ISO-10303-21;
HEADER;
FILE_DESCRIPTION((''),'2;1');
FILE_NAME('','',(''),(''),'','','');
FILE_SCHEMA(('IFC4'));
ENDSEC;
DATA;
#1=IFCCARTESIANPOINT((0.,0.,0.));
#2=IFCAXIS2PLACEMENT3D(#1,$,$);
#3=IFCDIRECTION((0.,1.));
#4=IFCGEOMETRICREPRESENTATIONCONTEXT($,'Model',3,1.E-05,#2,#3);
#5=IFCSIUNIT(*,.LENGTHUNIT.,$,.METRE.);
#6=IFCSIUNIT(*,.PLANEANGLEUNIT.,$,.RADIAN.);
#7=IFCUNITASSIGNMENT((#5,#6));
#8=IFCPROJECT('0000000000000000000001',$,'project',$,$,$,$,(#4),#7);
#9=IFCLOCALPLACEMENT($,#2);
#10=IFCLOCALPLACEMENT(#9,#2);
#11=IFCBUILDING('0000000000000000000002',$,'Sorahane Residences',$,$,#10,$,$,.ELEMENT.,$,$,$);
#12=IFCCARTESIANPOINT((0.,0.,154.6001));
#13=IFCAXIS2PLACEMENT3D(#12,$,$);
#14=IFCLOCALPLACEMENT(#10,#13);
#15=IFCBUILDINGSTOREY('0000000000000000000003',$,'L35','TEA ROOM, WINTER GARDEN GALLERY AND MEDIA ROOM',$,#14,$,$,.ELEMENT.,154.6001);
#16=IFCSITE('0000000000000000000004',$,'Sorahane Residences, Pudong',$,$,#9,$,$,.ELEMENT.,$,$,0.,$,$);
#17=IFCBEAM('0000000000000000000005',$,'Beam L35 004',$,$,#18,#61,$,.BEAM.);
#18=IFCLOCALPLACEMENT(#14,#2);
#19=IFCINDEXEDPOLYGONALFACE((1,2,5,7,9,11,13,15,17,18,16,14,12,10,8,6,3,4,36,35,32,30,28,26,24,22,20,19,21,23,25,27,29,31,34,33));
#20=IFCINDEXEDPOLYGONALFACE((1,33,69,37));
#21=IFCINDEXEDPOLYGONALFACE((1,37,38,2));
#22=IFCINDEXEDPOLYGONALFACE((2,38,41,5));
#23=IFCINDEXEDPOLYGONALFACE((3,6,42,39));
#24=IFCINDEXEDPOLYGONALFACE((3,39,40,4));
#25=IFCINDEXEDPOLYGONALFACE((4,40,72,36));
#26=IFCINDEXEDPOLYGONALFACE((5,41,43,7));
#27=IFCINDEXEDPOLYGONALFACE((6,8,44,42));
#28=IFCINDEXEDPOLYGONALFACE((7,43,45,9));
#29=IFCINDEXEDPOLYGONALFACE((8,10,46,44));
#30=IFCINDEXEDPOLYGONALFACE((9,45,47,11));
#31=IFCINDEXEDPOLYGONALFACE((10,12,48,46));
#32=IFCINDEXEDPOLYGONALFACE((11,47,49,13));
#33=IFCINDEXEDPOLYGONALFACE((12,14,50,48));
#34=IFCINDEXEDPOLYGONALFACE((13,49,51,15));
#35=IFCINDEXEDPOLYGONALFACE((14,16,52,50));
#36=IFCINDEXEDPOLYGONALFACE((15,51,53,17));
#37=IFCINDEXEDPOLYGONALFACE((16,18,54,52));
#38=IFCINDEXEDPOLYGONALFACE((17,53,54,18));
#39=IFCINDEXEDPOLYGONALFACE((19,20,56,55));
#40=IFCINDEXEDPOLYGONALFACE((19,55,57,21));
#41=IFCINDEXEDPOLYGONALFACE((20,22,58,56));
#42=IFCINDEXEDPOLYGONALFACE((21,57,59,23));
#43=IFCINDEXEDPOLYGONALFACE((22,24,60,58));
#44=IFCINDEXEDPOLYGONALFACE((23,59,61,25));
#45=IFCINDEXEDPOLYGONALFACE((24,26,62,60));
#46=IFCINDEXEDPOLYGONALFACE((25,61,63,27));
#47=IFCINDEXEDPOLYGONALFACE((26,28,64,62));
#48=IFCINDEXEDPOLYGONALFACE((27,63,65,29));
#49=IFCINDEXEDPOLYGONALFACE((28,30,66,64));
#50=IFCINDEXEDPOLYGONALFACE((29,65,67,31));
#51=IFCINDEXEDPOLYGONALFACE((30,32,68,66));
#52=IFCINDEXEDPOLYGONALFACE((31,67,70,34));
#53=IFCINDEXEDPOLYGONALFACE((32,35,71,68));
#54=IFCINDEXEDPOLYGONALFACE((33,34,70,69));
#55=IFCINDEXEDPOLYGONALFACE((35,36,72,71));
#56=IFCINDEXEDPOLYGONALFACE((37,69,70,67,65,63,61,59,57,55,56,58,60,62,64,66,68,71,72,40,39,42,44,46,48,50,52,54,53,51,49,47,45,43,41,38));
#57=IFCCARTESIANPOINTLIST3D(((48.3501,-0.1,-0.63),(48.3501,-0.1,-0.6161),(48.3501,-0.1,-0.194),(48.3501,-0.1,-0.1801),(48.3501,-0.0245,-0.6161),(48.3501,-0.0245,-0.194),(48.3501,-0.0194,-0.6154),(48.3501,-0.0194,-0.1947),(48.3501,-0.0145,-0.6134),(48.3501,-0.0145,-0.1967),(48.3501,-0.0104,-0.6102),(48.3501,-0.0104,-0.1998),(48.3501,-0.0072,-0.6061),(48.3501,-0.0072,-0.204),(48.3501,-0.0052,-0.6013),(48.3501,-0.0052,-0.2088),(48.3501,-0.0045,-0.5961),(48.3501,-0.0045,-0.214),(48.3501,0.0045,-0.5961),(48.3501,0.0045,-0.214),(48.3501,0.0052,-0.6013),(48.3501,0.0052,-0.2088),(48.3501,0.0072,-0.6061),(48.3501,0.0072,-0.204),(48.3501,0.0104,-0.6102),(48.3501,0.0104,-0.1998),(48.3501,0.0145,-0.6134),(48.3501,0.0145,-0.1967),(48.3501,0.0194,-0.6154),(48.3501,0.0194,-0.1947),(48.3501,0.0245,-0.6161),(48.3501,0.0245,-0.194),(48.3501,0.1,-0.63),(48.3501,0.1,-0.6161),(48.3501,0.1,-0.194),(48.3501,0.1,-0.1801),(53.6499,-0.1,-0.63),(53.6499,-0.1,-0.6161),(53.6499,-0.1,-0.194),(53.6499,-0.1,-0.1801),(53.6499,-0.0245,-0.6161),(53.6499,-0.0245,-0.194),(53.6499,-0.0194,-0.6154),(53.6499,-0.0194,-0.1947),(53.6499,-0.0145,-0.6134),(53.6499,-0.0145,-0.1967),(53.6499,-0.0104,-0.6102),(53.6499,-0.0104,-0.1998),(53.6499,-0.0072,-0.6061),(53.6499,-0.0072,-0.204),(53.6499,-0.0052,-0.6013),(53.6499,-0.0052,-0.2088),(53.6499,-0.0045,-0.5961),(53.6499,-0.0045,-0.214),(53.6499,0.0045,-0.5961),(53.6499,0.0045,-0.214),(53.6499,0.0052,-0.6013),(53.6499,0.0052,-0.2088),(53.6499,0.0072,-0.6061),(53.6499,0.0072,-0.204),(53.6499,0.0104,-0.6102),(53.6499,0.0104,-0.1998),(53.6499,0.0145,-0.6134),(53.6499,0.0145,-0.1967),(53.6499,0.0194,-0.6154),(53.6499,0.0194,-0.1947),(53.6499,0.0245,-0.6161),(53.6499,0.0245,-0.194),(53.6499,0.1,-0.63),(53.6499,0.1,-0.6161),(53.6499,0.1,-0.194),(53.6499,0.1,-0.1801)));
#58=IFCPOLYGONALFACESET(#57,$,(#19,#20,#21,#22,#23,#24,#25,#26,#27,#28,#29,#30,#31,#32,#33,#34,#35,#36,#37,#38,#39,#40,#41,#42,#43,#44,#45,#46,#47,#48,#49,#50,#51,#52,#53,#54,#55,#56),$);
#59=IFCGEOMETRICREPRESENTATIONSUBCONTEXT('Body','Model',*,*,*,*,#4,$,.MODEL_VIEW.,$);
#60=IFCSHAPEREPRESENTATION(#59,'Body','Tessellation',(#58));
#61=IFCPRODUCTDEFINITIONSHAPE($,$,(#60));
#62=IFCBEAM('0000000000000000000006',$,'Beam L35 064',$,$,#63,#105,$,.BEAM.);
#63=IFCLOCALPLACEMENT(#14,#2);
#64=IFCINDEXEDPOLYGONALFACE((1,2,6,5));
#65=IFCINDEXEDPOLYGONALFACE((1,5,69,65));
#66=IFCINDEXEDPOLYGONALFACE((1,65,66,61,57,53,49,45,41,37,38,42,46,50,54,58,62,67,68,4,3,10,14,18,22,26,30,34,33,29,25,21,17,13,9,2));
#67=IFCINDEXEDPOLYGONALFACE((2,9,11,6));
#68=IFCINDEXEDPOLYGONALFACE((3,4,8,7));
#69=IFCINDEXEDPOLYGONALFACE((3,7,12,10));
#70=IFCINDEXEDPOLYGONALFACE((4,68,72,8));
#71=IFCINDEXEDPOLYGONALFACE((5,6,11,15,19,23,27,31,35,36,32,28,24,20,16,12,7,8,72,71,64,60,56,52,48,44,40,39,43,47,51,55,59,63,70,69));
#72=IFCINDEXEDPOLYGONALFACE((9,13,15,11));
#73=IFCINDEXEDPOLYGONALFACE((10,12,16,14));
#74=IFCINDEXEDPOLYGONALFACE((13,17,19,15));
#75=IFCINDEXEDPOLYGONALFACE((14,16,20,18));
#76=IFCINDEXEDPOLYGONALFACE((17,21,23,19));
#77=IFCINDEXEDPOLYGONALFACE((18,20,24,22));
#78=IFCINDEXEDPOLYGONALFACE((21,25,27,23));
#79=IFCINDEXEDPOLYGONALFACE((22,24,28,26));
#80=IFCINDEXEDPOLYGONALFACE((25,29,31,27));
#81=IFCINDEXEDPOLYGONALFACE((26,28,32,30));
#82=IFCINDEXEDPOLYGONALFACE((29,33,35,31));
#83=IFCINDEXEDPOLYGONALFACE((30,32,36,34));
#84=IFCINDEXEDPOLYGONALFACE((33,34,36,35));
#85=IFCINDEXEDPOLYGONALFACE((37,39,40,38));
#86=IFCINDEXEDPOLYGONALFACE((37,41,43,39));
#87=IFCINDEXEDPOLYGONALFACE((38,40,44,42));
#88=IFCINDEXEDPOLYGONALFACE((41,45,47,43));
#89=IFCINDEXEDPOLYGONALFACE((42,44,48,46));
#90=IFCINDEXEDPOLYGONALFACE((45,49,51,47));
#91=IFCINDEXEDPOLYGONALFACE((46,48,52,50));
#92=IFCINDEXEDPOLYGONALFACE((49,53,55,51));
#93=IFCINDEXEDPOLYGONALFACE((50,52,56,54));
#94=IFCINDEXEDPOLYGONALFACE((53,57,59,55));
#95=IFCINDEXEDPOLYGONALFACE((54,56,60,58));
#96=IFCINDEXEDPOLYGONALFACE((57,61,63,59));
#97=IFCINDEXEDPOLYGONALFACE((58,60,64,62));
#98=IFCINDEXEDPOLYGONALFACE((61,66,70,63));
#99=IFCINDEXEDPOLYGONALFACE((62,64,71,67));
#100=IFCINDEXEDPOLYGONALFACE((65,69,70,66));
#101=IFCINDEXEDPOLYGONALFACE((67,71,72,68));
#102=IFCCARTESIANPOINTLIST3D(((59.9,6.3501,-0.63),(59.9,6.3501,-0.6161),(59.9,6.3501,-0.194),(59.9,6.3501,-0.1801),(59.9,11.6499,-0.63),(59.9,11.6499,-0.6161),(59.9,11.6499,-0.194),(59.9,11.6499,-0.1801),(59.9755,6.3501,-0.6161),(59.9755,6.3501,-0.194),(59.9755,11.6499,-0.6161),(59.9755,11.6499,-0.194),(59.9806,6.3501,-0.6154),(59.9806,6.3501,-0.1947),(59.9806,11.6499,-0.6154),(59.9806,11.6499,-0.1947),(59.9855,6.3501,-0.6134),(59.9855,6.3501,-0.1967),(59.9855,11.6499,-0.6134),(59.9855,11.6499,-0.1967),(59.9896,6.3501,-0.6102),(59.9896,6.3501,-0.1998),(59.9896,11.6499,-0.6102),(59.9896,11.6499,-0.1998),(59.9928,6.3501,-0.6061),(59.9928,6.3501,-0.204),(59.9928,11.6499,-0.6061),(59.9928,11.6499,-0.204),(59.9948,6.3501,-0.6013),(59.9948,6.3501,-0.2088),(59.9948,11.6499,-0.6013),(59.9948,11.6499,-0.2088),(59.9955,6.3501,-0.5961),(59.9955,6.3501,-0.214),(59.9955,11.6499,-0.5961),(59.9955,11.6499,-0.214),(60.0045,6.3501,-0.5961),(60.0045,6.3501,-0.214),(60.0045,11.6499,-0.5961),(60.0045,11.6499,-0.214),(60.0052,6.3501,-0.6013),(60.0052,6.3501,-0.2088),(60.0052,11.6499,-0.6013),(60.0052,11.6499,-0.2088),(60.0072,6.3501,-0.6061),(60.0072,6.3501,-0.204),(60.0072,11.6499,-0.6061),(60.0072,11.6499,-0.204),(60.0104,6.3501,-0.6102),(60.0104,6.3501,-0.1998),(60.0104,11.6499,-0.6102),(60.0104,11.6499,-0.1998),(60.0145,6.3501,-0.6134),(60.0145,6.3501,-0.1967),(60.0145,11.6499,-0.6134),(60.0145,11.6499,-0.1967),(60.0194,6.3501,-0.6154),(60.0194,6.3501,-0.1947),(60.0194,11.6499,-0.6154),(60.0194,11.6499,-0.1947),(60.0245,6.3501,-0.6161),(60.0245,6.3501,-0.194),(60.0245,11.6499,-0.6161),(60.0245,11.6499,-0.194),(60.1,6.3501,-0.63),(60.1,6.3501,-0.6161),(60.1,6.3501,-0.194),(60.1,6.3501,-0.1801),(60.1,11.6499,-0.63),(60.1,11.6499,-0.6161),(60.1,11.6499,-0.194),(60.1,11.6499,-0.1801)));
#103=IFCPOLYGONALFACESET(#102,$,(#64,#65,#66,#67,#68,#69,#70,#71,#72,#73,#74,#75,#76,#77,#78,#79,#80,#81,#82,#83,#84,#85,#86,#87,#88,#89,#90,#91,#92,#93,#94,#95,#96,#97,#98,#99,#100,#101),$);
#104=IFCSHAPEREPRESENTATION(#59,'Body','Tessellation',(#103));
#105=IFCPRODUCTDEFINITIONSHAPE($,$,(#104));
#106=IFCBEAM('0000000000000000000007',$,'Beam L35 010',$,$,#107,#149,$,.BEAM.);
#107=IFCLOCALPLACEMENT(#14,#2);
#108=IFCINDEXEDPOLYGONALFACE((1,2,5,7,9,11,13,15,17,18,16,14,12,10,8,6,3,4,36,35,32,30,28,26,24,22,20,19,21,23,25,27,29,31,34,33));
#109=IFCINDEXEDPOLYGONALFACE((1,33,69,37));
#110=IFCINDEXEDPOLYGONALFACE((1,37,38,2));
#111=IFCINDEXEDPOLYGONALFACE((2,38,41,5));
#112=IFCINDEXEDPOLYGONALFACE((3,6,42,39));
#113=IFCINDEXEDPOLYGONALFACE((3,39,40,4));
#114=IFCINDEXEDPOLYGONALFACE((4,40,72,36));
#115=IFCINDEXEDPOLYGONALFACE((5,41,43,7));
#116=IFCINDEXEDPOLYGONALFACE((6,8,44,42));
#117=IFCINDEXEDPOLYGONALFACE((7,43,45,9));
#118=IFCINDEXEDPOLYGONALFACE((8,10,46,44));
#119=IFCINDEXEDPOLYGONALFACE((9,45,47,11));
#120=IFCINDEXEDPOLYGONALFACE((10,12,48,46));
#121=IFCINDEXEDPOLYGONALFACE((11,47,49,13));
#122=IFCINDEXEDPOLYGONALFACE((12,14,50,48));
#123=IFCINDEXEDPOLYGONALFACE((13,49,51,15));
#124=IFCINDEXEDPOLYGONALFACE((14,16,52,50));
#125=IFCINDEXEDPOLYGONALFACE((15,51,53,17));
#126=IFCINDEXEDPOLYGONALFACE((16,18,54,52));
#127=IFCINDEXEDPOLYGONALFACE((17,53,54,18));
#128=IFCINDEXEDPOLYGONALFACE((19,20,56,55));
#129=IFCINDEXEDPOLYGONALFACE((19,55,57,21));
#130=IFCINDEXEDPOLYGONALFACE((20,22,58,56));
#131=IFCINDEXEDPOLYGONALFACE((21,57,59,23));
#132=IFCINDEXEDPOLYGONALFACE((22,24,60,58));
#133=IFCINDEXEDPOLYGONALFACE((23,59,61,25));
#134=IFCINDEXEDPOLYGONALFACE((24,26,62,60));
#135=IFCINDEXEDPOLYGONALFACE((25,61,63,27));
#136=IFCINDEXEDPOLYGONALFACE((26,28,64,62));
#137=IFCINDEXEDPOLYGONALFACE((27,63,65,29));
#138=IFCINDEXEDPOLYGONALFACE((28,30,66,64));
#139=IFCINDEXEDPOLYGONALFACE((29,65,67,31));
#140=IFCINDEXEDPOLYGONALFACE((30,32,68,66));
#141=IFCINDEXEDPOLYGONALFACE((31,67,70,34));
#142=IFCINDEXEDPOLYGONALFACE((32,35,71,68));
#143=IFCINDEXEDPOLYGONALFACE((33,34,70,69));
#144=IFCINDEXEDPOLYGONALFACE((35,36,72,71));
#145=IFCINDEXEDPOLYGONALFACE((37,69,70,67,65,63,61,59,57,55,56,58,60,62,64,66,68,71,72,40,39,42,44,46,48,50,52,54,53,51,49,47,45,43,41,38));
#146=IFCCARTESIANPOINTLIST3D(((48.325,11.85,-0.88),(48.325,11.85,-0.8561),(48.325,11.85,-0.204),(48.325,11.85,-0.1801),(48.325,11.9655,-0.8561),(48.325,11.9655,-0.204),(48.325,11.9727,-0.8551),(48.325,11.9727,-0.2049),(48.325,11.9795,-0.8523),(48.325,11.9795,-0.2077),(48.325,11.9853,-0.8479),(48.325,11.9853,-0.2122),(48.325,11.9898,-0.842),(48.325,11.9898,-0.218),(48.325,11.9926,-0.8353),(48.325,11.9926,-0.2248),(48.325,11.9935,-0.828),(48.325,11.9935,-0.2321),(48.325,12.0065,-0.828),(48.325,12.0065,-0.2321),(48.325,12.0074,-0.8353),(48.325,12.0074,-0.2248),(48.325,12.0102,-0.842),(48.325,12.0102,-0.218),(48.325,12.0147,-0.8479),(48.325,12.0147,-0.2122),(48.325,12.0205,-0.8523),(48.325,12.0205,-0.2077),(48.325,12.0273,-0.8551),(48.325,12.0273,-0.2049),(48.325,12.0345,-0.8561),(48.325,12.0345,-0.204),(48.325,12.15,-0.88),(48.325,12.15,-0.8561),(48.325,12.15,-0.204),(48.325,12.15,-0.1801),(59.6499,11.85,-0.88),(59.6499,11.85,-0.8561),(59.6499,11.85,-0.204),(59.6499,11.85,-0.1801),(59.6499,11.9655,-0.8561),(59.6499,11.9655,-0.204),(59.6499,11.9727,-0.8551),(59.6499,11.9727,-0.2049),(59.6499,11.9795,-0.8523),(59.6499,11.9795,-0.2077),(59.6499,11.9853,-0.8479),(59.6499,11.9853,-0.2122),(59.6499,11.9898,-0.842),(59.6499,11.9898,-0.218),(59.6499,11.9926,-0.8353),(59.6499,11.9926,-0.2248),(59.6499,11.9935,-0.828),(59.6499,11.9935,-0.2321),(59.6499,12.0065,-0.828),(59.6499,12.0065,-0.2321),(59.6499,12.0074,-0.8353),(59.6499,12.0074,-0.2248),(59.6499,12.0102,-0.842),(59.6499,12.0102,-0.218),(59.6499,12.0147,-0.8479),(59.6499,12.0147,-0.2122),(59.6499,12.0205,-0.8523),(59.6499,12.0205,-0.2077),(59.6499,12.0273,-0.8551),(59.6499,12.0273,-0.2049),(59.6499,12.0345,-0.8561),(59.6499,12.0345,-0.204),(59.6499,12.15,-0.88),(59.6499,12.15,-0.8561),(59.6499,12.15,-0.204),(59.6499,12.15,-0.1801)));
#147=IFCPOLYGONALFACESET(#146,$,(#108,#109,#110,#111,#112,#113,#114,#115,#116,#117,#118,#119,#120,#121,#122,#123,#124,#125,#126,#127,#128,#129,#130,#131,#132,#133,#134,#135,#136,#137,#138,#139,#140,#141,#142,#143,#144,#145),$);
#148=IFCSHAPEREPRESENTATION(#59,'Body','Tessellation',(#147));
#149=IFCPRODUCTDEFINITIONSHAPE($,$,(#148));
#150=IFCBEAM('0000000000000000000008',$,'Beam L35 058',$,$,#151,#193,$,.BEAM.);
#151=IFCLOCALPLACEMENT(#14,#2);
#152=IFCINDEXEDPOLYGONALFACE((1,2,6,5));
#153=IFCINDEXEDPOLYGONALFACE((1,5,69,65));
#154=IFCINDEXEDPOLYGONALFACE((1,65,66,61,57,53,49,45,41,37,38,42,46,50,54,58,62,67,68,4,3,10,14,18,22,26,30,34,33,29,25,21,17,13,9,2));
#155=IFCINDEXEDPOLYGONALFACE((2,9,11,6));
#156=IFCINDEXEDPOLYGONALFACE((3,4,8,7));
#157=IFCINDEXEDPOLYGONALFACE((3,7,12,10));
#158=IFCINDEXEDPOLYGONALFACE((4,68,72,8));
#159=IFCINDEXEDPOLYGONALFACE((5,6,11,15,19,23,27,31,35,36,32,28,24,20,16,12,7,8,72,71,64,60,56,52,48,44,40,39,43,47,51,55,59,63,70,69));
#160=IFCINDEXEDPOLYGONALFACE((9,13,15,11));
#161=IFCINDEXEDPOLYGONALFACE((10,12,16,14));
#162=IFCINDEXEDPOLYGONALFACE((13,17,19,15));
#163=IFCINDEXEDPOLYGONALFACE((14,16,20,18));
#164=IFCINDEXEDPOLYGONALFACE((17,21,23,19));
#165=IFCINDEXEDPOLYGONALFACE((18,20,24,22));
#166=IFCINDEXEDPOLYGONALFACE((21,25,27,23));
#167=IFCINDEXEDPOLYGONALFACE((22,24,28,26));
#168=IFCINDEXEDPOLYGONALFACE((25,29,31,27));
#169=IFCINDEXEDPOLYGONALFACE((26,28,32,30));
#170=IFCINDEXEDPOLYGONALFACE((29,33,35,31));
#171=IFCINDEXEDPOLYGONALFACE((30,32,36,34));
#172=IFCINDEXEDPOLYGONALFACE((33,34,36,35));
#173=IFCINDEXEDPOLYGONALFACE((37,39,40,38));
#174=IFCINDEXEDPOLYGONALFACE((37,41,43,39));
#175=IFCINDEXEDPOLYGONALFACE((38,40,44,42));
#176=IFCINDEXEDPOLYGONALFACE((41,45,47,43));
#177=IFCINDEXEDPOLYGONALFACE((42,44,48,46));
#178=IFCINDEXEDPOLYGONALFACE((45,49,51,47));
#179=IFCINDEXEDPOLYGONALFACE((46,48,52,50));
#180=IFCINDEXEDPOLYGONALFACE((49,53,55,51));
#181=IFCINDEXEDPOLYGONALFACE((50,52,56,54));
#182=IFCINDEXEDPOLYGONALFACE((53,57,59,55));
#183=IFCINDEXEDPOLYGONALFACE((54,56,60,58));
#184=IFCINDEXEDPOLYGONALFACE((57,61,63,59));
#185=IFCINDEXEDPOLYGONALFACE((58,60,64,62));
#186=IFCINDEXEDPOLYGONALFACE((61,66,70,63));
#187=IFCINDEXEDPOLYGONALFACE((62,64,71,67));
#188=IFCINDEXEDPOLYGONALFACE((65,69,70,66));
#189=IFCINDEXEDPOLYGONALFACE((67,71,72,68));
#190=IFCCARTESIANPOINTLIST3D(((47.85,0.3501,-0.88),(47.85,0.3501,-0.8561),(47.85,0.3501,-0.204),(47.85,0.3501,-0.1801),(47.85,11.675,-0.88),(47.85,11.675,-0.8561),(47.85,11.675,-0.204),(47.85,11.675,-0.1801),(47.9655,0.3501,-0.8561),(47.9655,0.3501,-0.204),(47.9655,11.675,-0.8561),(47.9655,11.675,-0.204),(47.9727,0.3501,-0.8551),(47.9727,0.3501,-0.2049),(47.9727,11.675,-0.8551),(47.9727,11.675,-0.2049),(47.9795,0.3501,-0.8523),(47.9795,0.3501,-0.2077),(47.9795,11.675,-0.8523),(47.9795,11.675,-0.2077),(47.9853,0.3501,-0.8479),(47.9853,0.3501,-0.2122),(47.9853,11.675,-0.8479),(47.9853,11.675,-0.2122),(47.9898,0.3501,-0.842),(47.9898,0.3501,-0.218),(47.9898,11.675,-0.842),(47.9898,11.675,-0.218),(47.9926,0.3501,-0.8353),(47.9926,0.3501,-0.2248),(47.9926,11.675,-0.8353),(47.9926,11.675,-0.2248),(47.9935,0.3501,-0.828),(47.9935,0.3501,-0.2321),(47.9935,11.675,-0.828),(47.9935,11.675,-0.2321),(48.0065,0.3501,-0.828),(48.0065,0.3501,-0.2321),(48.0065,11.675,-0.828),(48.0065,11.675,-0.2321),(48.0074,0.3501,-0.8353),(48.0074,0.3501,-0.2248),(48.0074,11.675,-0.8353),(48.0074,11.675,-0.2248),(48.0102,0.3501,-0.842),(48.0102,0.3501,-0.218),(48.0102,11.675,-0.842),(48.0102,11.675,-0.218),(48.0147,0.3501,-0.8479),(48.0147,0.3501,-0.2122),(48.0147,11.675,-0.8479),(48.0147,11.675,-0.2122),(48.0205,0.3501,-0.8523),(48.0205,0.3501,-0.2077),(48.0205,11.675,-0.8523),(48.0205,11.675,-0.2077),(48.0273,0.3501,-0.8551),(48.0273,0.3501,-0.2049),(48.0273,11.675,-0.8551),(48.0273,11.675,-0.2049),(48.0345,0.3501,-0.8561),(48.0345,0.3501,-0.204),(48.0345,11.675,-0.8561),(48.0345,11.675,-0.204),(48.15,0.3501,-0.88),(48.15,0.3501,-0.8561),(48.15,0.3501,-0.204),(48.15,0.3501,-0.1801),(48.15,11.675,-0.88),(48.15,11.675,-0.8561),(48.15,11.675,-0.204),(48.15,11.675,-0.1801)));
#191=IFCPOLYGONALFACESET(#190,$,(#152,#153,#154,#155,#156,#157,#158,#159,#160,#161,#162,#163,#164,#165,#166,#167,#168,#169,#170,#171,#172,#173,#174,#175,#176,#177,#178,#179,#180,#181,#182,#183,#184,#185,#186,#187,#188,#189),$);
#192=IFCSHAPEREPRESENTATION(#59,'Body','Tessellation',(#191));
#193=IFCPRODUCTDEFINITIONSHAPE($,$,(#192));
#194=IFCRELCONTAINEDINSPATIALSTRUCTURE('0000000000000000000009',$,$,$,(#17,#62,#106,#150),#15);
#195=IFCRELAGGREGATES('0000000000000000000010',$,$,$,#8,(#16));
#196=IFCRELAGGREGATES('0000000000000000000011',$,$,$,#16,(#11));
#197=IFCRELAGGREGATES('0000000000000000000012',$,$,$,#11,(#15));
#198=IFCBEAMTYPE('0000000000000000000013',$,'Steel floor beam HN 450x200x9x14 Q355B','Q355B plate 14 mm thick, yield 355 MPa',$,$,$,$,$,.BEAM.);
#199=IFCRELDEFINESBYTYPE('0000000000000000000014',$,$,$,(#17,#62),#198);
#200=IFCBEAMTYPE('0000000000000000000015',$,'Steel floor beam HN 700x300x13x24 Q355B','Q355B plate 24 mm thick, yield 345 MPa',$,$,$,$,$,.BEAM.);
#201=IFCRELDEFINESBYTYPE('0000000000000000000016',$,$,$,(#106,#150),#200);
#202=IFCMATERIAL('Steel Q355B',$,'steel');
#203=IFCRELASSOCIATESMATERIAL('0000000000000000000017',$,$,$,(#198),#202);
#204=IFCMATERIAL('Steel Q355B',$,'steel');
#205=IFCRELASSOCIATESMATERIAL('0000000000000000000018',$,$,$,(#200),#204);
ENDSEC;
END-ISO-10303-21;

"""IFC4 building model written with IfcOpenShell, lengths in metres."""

from ifc_helpers import new_model, si_unit, direction, frame, origin, origin_2d, place, context, subcontext, project, spatial, i_section, extrude, material, material_profile, profile_set, type_object, element, save


model = new_model("IFC4")

# Units and contexts
model_context = context("Model", 3, precision=1e-05, world=origin(), true_north=direction((0.0, 1.0)))
body_context = subcontext(model_context, "Body", "Model", "MODEL_VIEW")
ifc_project = project(units=[si_unit("LENGTHUNIT", "METRE"), si_unit("PLANEANGLEUNIT", "RADIAN")], contexts=[model_context])

# Site, building, storey
site_placement = place(None, origin())
site = spatial("IfcSite", under=ifc_project, at=site_placement, Name="Sorahane Residences, Pudong", CompositionType="ELEMENT", RefElevation=0.0)
building_placement = place(site_placement, origin())
building = spatial("IfcBuilding", under=site, at=building_placement, Name="Sorahane Residences", CompositionType="ELEMENT")
storey_placement = place(building_placement, frame((0.0, 0.0, 154.6001)))
storey = spatial("IfcBuildingStorey", under=building, at=storey_placement, Name="L35", Description="TEA ROOM, WINTER GARDEN GALLERY AND MEDIA ROOM", CompositionType="ELEMENT", Elevation=154.6001)

# Beams
ifc_material_1 = material(Name="Steel Q355B", Category="steel")
ifc_material_profile_1 = material_profile(ifc_material_1, i_section(OverallWidth=0.2, OverallDepth=0.45, WebThickness=0.009, FlangeThickness=0.0139, FilletRadius=0.02, at=origin_2d()), Name="HN 450x200x9x14")
ifc_profile_set_1 = profile_set([ifc_material_profile_1], Name="Steel Q355B")
beam_type_1 = type_object("IfcBeamType", Name="Steel floor beam HN 450x200x9x14 Q355B", Description="Q355B plate 14 mm thick, yield 355 MPa", PredefinedType="BEAM", material=ifc_profile_set_1)
for number, where, z_axis, x_axis, name in (
    (1, (48.3501, 0.0, -0.405), (1.0, 0.0, 0.0), (0.0, 1.0, 0.0), "Beam L35 004"),
    (2, (60.0, 6.3501, -0.405), (0.0, 1.0, 0.0), (-1.0, 0.0, 0.0), "Beam L35 064"),
):
    element("IfcBeam", number, at=place(storey_placement, frame(where, z_axis=z_axis, x_axis=x_axis)), inside=storey, type_object=beam_type_1, Name=name, PredefinedType="BEAM", context=body_context, shape_type="SweptSolid", body=[
        extrude(i_section(OverallWidth=0.2, OverallDepth=0.45, WebThickness=0.009, FlangeThickness=0.0139, FilletRadius=0.02, at=origin_2d()), origin(), (0.0, 0.0, 1.0), 5.2998),
    ])
ifc_material_2 = material(Name="Steel Q355B", Category="steel")
ifc_material_profile_2 = material_profile(ifc_material_2, i_section(OverallWidth=0.3, OverallDepth=0.7, WebThickness=0.0129, FlangeThickness=0.0239, FilletRadius=0.0281, at=origin_2d()), Name="HN 700x300x13x24")
ifc_profile_set_2 = profile_set([ifc_material_profile_2], Name="Steel Q355B")
beam_type_2 = type_object("IfcBeamType", Name="Steel floor beam HN 700x300x13x24 Q355B", Description="Q355B plate 24 mm thick, yield 345 MPa", PredefinedType="BEAM", material=ifc_profile_set_2)
for number, where, z_axis, x_axis, name in (
    (3, (48.325, 12.0, -0.53), (1.0, 0.0, 0.0), (0.0, 1.0, 0.0), "Beam L35 010"),
    (4, (48.0, 0.3501, -0.53), (0.0, 1.0, 0.0), (-1.0, 0.0, 0.0), "Beam L35 058"),
):
    element("IfcBeam", number, at=place(storey_placement, frame(where, z_axis=z_axis, x_axis=x_axis)), inside=storey, type_object=beam_type_2, Name=name, PredefinedType="BEAM", context=body_context, shape_type="SweptSolid", body=[
        extrude(i_section(OverallWidth=0.3, OverallDepth=0.7, WebThickness=0.0129, FlangeThickness=0.0239, FilletRadius=0.0281, at=origin_2d()), origin(), (0.0, 0.0, 1.0), 11.325),
    ])

save(model, "model.ifc")
